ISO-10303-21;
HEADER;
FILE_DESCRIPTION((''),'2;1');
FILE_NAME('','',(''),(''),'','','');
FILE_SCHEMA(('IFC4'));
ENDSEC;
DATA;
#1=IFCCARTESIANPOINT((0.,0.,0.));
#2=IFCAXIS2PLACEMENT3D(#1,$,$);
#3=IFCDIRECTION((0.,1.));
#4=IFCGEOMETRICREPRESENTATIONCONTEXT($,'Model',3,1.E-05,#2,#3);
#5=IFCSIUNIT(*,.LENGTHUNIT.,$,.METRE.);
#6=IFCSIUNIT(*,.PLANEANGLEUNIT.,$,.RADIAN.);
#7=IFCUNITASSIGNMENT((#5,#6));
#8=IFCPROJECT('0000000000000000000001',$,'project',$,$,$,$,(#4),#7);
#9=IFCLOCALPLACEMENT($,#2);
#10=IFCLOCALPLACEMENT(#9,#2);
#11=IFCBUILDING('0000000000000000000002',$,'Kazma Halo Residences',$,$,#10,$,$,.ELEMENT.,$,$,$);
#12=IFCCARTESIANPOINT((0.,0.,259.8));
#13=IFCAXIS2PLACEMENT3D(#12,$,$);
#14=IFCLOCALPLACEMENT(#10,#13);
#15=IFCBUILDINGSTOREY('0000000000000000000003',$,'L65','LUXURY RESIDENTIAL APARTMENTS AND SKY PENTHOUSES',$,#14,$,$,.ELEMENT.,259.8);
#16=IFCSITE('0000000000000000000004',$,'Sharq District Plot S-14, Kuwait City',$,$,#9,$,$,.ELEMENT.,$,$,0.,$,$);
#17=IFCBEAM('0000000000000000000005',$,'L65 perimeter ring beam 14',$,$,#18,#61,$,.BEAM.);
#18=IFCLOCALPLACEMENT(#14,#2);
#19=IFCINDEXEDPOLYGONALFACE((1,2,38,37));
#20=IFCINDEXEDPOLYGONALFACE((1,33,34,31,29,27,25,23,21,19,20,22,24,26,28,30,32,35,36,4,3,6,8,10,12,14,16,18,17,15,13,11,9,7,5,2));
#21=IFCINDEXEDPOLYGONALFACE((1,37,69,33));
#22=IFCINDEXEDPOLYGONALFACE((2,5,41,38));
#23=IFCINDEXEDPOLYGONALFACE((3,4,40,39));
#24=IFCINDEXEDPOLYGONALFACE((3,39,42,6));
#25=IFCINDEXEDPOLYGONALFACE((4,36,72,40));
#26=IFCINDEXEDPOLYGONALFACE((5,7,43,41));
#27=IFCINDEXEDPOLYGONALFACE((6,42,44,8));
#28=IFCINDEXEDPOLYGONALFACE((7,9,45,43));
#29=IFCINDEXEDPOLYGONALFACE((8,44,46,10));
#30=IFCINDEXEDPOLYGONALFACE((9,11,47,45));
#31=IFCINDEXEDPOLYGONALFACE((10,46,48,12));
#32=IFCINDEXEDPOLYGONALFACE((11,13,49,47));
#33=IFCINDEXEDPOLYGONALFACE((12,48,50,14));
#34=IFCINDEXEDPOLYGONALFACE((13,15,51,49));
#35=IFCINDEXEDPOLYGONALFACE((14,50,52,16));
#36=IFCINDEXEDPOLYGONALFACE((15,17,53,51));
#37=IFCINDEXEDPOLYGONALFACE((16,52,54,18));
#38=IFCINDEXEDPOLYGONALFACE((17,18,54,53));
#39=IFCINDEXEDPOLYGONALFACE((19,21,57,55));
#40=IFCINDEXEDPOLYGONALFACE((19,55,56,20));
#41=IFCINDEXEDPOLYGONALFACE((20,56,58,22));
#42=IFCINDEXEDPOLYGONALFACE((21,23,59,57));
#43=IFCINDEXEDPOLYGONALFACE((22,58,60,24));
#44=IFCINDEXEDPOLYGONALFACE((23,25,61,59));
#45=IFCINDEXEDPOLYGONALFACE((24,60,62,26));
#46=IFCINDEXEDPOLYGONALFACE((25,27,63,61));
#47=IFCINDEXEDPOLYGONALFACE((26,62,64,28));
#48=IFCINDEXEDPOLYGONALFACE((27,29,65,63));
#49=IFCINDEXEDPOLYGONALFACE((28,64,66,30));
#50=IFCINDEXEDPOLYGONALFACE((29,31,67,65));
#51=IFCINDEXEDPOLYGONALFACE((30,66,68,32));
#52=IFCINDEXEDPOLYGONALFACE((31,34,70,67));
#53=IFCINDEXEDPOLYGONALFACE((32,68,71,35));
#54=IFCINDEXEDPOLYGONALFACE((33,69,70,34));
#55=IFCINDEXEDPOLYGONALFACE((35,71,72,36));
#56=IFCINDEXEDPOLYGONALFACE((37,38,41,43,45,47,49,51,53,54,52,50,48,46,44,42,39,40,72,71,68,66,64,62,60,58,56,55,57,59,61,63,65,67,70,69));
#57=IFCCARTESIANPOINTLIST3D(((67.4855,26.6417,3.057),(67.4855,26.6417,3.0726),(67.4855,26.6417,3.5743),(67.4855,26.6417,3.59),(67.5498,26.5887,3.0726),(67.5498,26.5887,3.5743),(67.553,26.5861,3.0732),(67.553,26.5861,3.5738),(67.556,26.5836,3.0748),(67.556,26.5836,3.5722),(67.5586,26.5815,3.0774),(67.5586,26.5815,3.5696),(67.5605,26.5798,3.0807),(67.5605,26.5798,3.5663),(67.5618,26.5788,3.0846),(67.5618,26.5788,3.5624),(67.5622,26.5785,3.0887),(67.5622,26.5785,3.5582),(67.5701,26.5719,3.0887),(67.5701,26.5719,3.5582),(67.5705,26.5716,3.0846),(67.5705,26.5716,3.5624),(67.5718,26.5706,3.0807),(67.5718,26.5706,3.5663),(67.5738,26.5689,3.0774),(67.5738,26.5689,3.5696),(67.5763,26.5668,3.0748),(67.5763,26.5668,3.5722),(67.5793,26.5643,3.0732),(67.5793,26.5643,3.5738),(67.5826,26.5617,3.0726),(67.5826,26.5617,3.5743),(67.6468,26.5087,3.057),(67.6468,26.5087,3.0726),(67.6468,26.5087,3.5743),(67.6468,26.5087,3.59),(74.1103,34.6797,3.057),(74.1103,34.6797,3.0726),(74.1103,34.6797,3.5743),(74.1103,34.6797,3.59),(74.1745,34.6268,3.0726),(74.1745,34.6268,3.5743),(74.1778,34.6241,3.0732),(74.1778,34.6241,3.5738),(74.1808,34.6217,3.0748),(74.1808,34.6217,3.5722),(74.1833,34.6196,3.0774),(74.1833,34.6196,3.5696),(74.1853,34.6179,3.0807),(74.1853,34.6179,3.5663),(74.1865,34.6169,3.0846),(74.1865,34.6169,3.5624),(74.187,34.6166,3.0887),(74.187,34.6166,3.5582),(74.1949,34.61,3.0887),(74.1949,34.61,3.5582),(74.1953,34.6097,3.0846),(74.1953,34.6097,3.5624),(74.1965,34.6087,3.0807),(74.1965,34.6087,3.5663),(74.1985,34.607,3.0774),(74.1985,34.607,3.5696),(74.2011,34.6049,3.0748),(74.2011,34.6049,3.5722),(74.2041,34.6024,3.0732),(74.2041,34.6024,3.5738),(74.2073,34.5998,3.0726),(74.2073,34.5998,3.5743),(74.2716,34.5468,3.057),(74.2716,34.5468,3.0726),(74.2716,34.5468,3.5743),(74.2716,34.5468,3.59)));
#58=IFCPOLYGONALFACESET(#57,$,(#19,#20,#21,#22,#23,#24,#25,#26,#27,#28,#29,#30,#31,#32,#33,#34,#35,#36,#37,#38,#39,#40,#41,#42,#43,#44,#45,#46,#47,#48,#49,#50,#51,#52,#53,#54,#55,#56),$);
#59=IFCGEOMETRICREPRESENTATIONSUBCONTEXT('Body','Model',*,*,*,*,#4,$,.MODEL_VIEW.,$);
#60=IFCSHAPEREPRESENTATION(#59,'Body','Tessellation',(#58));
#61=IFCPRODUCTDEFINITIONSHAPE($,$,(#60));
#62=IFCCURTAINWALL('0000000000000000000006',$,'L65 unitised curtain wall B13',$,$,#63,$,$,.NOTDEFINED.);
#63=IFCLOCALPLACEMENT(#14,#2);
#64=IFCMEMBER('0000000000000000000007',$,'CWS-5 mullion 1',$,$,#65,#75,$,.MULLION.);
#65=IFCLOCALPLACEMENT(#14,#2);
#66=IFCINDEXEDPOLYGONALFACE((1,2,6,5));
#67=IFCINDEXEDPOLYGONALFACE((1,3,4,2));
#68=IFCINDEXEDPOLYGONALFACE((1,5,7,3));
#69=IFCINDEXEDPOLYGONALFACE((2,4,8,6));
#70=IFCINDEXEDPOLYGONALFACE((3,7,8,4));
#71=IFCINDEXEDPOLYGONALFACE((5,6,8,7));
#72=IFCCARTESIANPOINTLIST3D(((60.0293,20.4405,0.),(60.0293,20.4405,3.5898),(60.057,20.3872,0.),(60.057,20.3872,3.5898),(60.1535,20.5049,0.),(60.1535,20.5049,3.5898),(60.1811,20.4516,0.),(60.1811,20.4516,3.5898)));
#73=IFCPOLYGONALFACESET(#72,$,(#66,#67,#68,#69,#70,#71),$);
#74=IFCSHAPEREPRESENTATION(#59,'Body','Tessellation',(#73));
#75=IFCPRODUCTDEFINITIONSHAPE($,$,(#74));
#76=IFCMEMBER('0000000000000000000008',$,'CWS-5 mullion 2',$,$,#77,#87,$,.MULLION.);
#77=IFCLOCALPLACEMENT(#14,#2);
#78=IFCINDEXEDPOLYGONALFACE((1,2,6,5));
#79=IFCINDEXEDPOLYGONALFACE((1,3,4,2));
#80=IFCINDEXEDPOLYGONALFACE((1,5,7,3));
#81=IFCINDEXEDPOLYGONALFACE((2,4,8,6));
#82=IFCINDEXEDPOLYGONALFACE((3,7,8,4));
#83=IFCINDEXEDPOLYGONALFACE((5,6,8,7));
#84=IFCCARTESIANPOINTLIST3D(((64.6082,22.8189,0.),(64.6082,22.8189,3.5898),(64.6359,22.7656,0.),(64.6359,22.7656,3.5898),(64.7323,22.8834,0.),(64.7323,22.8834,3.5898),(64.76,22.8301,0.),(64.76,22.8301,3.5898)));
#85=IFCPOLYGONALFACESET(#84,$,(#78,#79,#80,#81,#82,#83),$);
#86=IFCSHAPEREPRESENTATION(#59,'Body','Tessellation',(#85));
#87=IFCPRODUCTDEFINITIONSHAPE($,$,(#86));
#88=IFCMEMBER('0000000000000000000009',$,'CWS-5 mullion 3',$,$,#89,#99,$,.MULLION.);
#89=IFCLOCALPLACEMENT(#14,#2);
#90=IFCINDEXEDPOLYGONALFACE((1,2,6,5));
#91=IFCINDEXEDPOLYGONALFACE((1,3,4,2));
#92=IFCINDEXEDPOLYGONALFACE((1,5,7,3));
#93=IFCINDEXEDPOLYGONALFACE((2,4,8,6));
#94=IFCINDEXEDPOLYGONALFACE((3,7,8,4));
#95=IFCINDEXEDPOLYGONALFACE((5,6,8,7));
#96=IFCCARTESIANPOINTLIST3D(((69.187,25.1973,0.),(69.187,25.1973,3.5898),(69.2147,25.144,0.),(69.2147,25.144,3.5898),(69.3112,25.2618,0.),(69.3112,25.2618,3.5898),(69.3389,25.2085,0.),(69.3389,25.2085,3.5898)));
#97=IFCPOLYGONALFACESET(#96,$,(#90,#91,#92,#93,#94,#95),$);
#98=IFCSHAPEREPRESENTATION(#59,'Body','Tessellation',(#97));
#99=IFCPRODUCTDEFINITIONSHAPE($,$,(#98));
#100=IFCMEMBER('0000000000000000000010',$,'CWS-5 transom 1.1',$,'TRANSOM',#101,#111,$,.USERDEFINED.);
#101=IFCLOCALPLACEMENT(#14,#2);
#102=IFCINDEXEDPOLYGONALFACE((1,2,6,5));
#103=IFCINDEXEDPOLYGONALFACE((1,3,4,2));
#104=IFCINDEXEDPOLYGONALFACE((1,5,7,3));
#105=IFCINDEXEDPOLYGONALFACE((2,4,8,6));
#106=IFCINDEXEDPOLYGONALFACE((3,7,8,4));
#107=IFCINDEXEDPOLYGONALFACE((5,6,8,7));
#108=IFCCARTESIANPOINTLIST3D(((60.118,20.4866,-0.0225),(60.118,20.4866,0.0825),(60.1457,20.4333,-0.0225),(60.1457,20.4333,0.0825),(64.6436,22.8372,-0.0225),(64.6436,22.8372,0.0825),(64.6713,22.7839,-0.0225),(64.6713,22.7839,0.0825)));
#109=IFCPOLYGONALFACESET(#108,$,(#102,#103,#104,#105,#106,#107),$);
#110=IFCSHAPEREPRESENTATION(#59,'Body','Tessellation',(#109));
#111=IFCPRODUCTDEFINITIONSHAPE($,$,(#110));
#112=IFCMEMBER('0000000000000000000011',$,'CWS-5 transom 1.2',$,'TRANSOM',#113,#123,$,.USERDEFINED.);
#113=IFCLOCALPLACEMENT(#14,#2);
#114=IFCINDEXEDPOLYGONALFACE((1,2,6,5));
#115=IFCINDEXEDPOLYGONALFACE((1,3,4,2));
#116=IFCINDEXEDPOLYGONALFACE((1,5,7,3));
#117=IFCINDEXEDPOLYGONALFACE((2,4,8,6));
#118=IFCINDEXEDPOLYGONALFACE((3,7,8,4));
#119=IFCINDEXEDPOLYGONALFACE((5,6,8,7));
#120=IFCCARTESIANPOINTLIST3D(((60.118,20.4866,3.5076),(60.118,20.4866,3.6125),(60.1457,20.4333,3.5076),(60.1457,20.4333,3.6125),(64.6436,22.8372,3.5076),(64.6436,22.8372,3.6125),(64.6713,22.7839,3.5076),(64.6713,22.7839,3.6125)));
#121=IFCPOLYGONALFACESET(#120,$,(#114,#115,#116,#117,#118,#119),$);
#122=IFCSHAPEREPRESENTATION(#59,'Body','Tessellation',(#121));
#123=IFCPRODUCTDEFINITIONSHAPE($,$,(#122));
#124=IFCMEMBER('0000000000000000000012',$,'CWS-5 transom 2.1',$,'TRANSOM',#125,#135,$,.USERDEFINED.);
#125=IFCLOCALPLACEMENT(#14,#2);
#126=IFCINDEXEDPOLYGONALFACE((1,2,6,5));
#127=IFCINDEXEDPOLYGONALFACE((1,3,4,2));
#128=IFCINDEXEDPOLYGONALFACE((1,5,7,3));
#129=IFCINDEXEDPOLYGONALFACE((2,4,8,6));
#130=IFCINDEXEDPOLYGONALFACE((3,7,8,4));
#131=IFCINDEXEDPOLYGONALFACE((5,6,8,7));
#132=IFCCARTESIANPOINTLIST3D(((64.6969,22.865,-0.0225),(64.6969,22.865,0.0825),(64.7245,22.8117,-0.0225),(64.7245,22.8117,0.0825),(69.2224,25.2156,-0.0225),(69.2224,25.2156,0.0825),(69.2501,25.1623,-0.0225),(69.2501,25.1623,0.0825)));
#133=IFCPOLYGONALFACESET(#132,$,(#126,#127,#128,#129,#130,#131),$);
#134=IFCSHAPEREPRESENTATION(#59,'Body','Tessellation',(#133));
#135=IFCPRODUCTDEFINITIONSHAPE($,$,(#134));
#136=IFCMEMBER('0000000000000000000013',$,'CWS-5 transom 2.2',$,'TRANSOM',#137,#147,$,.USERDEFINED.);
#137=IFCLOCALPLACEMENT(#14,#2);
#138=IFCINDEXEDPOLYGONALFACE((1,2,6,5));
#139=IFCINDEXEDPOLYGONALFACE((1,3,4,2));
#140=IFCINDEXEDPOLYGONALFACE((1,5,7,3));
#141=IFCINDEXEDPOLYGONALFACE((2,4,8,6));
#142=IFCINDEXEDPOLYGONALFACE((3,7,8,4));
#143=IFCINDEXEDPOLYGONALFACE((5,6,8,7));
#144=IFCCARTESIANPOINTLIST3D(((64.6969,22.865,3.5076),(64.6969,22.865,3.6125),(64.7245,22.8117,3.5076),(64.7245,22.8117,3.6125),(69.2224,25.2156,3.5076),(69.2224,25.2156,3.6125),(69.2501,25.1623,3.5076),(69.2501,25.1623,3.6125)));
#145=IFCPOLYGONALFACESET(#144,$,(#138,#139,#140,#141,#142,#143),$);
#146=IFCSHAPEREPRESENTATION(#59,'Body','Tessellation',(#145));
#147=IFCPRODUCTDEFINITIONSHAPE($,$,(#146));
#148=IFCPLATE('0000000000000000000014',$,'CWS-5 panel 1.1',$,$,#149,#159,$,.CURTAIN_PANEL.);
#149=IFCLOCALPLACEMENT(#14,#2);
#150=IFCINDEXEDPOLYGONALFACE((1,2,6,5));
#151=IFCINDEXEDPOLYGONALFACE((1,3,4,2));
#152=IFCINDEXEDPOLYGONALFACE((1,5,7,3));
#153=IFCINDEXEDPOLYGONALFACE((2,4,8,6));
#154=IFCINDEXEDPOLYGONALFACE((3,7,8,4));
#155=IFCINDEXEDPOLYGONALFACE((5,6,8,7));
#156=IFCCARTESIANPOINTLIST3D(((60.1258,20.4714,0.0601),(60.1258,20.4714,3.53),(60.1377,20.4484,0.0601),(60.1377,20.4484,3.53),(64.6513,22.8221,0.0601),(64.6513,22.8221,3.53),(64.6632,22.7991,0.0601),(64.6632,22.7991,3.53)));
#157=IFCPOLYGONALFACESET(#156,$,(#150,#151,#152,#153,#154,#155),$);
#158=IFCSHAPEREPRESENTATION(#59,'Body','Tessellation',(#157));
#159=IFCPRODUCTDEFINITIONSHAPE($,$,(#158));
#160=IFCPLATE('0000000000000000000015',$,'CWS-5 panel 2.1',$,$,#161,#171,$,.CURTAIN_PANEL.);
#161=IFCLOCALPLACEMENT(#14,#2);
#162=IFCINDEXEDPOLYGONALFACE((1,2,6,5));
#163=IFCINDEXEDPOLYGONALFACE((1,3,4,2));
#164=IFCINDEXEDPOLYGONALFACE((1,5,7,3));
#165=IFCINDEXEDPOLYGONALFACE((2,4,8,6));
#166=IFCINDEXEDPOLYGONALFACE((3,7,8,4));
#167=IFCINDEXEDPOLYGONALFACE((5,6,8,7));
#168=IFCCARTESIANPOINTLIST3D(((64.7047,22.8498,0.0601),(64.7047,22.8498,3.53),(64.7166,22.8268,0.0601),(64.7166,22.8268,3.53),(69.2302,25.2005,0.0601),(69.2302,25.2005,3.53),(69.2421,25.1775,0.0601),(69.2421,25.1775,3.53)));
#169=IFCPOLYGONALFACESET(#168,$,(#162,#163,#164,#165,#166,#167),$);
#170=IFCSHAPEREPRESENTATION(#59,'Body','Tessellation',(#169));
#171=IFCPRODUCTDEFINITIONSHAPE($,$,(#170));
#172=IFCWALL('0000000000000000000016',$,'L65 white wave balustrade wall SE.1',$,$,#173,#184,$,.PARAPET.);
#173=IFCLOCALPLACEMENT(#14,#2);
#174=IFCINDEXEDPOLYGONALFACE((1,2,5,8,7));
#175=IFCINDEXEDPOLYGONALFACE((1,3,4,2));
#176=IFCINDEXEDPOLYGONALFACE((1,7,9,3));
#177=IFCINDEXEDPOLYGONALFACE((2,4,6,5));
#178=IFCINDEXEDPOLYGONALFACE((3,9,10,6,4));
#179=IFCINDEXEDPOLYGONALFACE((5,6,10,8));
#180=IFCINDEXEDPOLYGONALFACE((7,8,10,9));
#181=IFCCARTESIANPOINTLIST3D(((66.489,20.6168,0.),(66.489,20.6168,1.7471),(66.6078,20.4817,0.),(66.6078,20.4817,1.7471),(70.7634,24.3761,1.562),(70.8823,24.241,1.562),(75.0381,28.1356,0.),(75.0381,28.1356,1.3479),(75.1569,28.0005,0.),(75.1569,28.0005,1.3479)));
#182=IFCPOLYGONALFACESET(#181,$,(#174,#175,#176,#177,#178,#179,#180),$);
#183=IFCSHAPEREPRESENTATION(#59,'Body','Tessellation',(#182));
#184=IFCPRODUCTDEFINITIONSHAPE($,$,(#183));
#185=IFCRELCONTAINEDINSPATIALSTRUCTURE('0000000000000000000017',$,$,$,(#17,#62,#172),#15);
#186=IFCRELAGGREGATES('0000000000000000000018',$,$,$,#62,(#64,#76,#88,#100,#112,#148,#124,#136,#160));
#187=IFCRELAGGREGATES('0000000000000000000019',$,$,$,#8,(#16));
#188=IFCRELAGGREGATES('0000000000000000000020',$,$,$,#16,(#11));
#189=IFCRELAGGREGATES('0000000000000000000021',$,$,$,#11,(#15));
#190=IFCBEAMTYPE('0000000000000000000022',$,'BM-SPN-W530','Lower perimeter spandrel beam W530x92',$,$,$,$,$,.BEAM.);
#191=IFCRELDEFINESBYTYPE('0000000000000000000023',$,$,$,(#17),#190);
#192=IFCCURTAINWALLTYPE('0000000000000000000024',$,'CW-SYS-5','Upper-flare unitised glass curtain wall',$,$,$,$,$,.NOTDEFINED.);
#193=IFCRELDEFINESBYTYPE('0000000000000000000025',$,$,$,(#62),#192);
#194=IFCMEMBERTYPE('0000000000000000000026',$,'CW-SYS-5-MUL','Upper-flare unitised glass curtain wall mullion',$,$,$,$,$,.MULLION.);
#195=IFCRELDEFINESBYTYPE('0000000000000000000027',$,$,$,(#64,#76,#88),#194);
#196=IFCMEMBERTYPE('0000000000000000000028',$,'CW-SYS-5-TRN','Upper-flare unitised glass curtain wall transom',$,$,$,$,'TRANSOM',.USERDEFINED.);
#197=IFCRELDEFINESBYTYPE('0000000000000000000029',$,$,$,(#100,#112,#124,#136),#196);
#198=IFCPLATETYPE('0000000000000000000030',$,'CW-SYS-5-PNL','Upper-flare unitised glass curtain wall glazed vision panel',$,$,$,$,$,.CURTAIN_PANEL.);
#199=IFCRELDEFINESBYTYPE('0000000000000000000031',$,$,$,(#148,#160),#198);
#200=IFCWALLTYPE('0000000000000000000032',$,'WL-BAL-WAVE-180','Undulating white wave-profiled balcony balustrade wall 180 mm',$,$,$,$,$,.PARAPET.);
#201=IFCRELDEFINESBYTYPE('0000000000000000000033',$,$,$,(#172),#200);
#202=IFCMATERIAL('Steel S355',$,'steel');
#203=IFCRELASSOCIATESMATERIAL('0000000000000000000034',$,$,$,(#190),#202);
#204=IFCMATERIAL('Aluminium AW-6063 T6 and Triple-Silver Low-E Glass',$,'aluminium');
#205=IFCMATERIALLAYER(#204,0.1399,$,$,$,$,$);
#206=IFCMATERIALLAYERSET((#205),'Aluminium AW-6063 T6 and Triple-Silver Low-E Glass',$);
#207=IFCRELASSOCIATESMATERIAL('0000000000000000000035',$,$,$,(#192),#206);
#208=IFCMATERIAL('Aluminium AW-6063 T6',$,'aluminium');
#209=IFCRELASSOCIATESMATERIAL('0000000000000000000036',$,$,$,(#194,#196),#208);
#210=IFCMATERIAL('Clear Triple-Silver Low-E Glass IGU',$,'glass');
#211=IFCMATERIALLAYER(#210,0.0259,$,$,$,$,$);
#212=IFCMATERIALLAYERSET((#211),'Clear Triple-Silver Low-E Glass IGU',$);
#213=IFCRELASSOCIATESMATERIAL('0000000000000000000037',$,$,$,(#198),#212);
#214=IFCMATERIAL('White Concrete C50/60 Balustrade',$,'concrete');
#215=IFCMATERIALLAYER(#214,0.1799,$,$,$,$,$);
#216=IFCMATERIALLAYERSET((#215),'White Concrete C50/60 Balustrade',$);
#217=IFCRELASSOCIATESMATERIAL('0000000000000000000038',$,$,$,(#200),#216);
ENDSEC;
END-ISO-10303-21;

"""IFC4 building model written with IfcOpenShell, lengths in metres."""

from ifc_helpers import new_model, si_unit, direction, frame, origin, origin_2d, place, context, subcontext, project, spatial, polyline, rectangle, i_section, outline, extrude, material, layer, layer_set, material_profile, profile_set, type_object, element, aggregate, save


model = new_model("IFC4")

# Units and contexts
model_context = context("Model", 3, precision=1e-05, world=origin(), true_north=direction((0.0, 1.0)))
body_context = subcontext(model_context, "Body", "Model", "MODEL_VIEW")
ifc_project = project(units=[si_unit("LENGTHUNIT", "METRE"), si_unit("PLANEANGLEUNIT", "RADIAN")], contexts=[model_context])

# Site, building, storey
site_placement = place(None, origin())
site = spatial("IfcSite", under=ifc_project, at=site_placement, Name="Sharq District Plot S-14, Kuwait City", CompositionType="ELEMENT", RefElevation=0.0)
building_placement = place(site_placement, origin())
building = spatial("IfcBuilding", under=site, at=building_placement, Name="Kazma Halo Residences", CompositionType="ELEMENT")
storey_placement = place(building_placement, frame((0.0, 0.0, 259.8)))
storey = spatial("IfcBuildingStorey", under=building, at=storey_placement, Name="L65", Description="LUXURY RESIDENTIAL APARTMENTS AND SKY PENTHOUSES", CompositionType="ELEMENT", Elevation=259.8)

# Beam
ifc_material_1 = material(Name="Steel S355", Category="steel")
ifc_material_profile_1 = material_profile(ifc_material_1, i_section(OverallWidth=0.209, OverallDepth=0.533, WebThickness=0.0103, FlangeThickness=0.0156, FilletRadius=0.0161, at=origin_2d()), Name="W530x92")
ifc_profile_set_1 = profile_set([ifc_material_profile_1], Name="Steel S355")
beam_type_1 = type_object("IfcBeamType", Name="BM-SPN-W530", Description="Lower perimeter spandrel beam W530x92", PredefinedType="BEAM", material=ifc_profile_set_1)
beam_1_placement = place(storey_placement, frame((67.5662, 26.5752, 3.3235), z_axis=(0.636002, 0.771687, 0.0), x_axis=(-0.771687, 0.636002, 0.0)))
element("IfcBeam", 1, at=beam_1_placement, inside=storey, type_object=beam_type_1, Name="L65 perimeter ring beam 14", PredefinedType="BEAM", context=body_context, shape_type="SweptSolid", body=[
    extrude(i_section(OverallWidth=0.209, OverallDepth=0.533, WebThickness=0.0103, FlangeThickness=0.0156, FilletRadius=0.0161, at=origin_2d()), origin(), (0.0, 0.0, 1.0), 10.4163),
])

# Curtain wall, members, plates
ifc_material_2 = material(Name="Aluminium AW-6063 T6 and Triple-Silver Low-E Glass", Category="aluminium")
ifc_layer_1 = layer(ifc_material_2, 0.1399)
ifc_layer_set_1 = layer_set([ifc_layer_1], Name="Aluminium AW-6063 T6 and Triple-Silver Low-E Glass")
curtain_wall_type = type_object("IfcCurtainWallType", Name="CW-SYS-5", Description="Upper-flare unitised glass curtain wall", PredefinedType="NOTDEFINED", material=ifc_layer_set_1)
curtain_wall_placement = place(storey_placement, origin())
curtain_wall = element("IfcCurtainWall", 2, at=curtain_wall_placement, inside=storey, type_object=curtain_wall_type, Name="L65 unitised curtain wall B13", PredefinedType="NOTDEFINED")
ifc_material_3 = material(Name="Aluminium AW-6063 T6", Category="aluminium")
ifc_material_profile_2 = material_profile(ifc_material_3, rectangle(XDim=0.0601, YDim=0.1399, at=origin_2d()), Name="CWM-60x140")
ifc_profile_set_2 = profile_set([ifc_material_profile_2], Name="Aluminium AW-6063 T6")
member_type_1 = type_object("IfcMemberType", Name="CW-SYS-5-MUL", Description="Upper-flare unitised glass curtain wall mullion", PredefinedType="MULLION", material=ifc_profile_set_2)
member_1_placement = place(storey_placement, frame((60.1052, 20.446, 0.0), z_axis=(0.0, 0.0, 1.0), x_axis=(-0.460961, 0.887421, 0.0)))
member_1 = element("IfcMember", 3, at=member_1_placement, type_object=member_type_1, Name="CWS-5 mullion 1", PredefinedType="MULLION", context=body_context, shape_type="SweptSolid", body=[
    extrude(rectangle(XDim=0.0601, YDim=0.1399, at=origin_2d()), origin(), (0.0, 0.0, 1.0), 3.5898),
])
member_2_placement = place(storey_placement, frame((64.6841, 22.8245, 0.0), z_axis=(0.0, 0.0, 1.0), x_axis=(-0.460961, 0.887421, 0.0)))
member_2 = element("IfcMember", 4, at=member_2_placement, type_object=member_type_1, Name="CWS-5 mullion 2", PredefinedType="MULLION", context=body_context, shape_type="SweptSolid", body=[
    extrude(rectangle(XDim=0.0601, YDim=0.1399, at=origin_2d()), origin(), (0.0, 0.0, 1.0), 3.5898),
])
member_3_placement = place(storey_placement, frame((69.2629, 25.2029, 0.0), z_axis=(0.0, 0.0, 1.0), x_axis=(-0.460961, 0.887421, 0.0)))
member_3 = element("IfcMember", 5, at=member_3_placement, type_object=member_type_1, Name="CWS-5 mullion 3", PredefinedType="MULLION", context=body_context, shape_type="SweptSolid", body=[
    extrude(rectangle(XDim=0.0601, YDim=0.1399, at=origin_2d()), origin(), (0.0, 0.0, 1.0), 3.5898),
])
ifc_material_profile_3 = material_profile(ifc_material_3, rectangle(XDim=0.0601, YDim=0.105, at=origin_2d()), Name="CWT-60x105")
ifc_profile_set_3 = profile_set([ifc_material_profile_3], Name="Aluminium AW-6063 T6")
member_type_2 = type_object("IfcMemberType", Name="CW-SYS-5-TRN", Description="Upper-flare unitised glass curtain wall transom", ElementType="TRANSOM", PredefinedType="USERDEFINED", material=ifc_profile_set_3)
member_4_placement = place(storey_placement, frame((60.1318, 20.46, 0.03), z_axis=(0.887437, 0.460929, 0.0), x_axis=(-0.460929, 0.887437, 0.0)))
member_4 = element("IfcMember", 6, at=member_4_placement, type_object=member_type_2, Name="CWS-5 transom 1.1", ObjectType="TRANSOM", PredefinedType="USERDEFINED", context=body_context, shape_type="SweptSolid", body=[
    extrude(rectangle(XDim=0.0601, YDim=0.105, at=origin_2d()), origin(), (0.0, 0.0, 1.0), 5.0996),
])
member_5_placement = place(storey_placement, frame((60.1318, 20.46, 3.5601), z_axis=(0.887437, 0.460929, 0.0), x_axis=(-0.460929, 0.887437, 0.0)))
member_5 = element("IfcMember", 7, at=member_5_placement, type_object=member_type_2, Name="CWS-5 transom 1.2", ObjectType="TRANSOM", PredefinedType="USERDEFINED", context=body_context, shape_type="SweptSolid", body=[
    extrude(rectangle(XDim=0.0601, YDim=0.105, at=origin_2d()), origin(), (0.0, 0.0, 1.0), 5.0996),
])
member_6_placement = place(storey_placement, frame((64.7107, 22.8384, 0.03), z_axis=(0.887437, 0.460929, 0.0), x_axis=(-0.460929, 0.887437, 0.0)))
member_6 = element("IfcMember", 8, at=member_6_placement, type_object=member_type_2, Name="CWS-5 transom 2.1", ObjectType="TRANSOM", PredefinedType="USERDEFINED", context=body_context, shape_type="SweptSolid", body=[
    extrude(rectangle(XDim=0.0601, YDim=0.105, at=origin_2d()), origin(), (0.0, 0.0, 1.0), 5.0996),
])
member_7_placement = place(storey_placement, frame((64.7107, 22.8384, 3.5601), z_axis=(0.887437, 0.460929, 0.0), x_axis=(-0.460929, 0.887437, 0.0)))
member_7 = element("IfcMember", 9, at=member_7_placement, type_object=member_type_2, Name="CWS-5 transom 2.2", ObjectType="TRANSOM", PredefinedType="USERDEFINED", context=body_context, shape_type="SweptSolid", body=[
    extrude(rectangle(XDim=0.0601, YDim=0.105, at=origin_2d()), origin(), (0.0, 0.0, 1.0), 5.0996),
])
ifc_material_4 = material(Name="Clear Triple-Silver Low-E Glass IGU", Category="glass")
ifc_layer_2 = layer(ifc_material_4, 0.0259)
ifc_layer_set_2 = layer_set([ifc_layer_2], Name="Clear Triple-Silver Low-E Glass IGU")
plate_type = type_object("IfcPlateType", Name="CW-SYS-5-PNL", Description="Upper-flare unitised glass curtain wall glazed vision panel", PredefinedType="CURTAIN_PANEL", material=ifc_layer_set_2)
plate_1_placement = place(storey_placement, frame((62.3945, 21.6353, 0.0601), z_axis=(0.0, 0.0, 1.0), x_axis=(0.887421, 0.460961, 0.0)))
plate_1 = element("IfcPlate", 10, at=plate_1_placement, type_object=plate_type, Name="CWS-5 panel 1.1", PredefinedType="CURTAIN_PANEL", context=body_context, shape_type="SweptSolid", body=[
    extrude(rectangle(XDim=5.0996, YDim=0.0259, at=origin_2d()), origin(), (0.0, 0.0, 1.0), 3.47),
])
plate_2_placement = place(storey_placement, frame((66.9734, 24.0137, 0.0601), z_axis=(0.0, 0.0, 1.0), x_axis=(0.887421, 0.460961, 0.0)))
plate_2 = element("IfcPlate", 11, at=plate_2_placement, type_object=plate_type, Name="CWS-5 panel 2.1", PredefinedType="CURTAIN_PANEL", context=body_context, shape_type="SweptSolid", body=[
    extrude(rectangle(XDim=5.0996, YDim=0.0259, at=origin_2d()), origin(), (0.0, 0.0, 1.0), 3.47),
])
aggregate(curtain_wall, [member_1, member_2, member_3, member_4, member_5, plate_1, member_6, member_7, plate_2])

# Wall
ifc_material_5 = material(Name="White Concrete C50/60 Balustrade", Category="concrete")
ifc_layer_3 = layer(ifc_material_5, 0.1799)
ifc_layer_set_3 = layer_set([ifc_layer_3], Name="White Concrete C50/60 Balustrade")
wall_type_1 = type_object("IfcWallType", Name="WL-BAL-WAVE-180", Description="Undulating white wave-profiled balcony balustrade wall 180 mm", PredefinedType="PARAPET", material=ifc_layer_set_3)
wall_1_placement = place(storey_placement, frame((66.5483, 20.5493, 0.0), z_axis=(0.0, 0.0, 1.0), x_axis=(0.750904, 0.660411, 0.0)))
element("IfcWall", 12, at=wall_1_placement, inside=storey, type_object=wall_type_1, Name="L65 white wave balustrade wall SE.1", PredefinedType="PARAPET", context=body_context, shape_type="SweptSolid", body=[
    extrude(outline(polyline([(0.0, 0.0), (11.385, 0.0), (11.385, 1.3479), (5.6924, 1.562), (0.0, 1.7471), (0.0, 0.0)])), frame((0.0, 0.0898, 0.0), z_axis=(0.0, -1.0, 0.0), x_axis=(1.0, 0.0, 0.0)), (0.0, 0.0, 1.0), 0.1799),
])

save(model, "model.ifc")
